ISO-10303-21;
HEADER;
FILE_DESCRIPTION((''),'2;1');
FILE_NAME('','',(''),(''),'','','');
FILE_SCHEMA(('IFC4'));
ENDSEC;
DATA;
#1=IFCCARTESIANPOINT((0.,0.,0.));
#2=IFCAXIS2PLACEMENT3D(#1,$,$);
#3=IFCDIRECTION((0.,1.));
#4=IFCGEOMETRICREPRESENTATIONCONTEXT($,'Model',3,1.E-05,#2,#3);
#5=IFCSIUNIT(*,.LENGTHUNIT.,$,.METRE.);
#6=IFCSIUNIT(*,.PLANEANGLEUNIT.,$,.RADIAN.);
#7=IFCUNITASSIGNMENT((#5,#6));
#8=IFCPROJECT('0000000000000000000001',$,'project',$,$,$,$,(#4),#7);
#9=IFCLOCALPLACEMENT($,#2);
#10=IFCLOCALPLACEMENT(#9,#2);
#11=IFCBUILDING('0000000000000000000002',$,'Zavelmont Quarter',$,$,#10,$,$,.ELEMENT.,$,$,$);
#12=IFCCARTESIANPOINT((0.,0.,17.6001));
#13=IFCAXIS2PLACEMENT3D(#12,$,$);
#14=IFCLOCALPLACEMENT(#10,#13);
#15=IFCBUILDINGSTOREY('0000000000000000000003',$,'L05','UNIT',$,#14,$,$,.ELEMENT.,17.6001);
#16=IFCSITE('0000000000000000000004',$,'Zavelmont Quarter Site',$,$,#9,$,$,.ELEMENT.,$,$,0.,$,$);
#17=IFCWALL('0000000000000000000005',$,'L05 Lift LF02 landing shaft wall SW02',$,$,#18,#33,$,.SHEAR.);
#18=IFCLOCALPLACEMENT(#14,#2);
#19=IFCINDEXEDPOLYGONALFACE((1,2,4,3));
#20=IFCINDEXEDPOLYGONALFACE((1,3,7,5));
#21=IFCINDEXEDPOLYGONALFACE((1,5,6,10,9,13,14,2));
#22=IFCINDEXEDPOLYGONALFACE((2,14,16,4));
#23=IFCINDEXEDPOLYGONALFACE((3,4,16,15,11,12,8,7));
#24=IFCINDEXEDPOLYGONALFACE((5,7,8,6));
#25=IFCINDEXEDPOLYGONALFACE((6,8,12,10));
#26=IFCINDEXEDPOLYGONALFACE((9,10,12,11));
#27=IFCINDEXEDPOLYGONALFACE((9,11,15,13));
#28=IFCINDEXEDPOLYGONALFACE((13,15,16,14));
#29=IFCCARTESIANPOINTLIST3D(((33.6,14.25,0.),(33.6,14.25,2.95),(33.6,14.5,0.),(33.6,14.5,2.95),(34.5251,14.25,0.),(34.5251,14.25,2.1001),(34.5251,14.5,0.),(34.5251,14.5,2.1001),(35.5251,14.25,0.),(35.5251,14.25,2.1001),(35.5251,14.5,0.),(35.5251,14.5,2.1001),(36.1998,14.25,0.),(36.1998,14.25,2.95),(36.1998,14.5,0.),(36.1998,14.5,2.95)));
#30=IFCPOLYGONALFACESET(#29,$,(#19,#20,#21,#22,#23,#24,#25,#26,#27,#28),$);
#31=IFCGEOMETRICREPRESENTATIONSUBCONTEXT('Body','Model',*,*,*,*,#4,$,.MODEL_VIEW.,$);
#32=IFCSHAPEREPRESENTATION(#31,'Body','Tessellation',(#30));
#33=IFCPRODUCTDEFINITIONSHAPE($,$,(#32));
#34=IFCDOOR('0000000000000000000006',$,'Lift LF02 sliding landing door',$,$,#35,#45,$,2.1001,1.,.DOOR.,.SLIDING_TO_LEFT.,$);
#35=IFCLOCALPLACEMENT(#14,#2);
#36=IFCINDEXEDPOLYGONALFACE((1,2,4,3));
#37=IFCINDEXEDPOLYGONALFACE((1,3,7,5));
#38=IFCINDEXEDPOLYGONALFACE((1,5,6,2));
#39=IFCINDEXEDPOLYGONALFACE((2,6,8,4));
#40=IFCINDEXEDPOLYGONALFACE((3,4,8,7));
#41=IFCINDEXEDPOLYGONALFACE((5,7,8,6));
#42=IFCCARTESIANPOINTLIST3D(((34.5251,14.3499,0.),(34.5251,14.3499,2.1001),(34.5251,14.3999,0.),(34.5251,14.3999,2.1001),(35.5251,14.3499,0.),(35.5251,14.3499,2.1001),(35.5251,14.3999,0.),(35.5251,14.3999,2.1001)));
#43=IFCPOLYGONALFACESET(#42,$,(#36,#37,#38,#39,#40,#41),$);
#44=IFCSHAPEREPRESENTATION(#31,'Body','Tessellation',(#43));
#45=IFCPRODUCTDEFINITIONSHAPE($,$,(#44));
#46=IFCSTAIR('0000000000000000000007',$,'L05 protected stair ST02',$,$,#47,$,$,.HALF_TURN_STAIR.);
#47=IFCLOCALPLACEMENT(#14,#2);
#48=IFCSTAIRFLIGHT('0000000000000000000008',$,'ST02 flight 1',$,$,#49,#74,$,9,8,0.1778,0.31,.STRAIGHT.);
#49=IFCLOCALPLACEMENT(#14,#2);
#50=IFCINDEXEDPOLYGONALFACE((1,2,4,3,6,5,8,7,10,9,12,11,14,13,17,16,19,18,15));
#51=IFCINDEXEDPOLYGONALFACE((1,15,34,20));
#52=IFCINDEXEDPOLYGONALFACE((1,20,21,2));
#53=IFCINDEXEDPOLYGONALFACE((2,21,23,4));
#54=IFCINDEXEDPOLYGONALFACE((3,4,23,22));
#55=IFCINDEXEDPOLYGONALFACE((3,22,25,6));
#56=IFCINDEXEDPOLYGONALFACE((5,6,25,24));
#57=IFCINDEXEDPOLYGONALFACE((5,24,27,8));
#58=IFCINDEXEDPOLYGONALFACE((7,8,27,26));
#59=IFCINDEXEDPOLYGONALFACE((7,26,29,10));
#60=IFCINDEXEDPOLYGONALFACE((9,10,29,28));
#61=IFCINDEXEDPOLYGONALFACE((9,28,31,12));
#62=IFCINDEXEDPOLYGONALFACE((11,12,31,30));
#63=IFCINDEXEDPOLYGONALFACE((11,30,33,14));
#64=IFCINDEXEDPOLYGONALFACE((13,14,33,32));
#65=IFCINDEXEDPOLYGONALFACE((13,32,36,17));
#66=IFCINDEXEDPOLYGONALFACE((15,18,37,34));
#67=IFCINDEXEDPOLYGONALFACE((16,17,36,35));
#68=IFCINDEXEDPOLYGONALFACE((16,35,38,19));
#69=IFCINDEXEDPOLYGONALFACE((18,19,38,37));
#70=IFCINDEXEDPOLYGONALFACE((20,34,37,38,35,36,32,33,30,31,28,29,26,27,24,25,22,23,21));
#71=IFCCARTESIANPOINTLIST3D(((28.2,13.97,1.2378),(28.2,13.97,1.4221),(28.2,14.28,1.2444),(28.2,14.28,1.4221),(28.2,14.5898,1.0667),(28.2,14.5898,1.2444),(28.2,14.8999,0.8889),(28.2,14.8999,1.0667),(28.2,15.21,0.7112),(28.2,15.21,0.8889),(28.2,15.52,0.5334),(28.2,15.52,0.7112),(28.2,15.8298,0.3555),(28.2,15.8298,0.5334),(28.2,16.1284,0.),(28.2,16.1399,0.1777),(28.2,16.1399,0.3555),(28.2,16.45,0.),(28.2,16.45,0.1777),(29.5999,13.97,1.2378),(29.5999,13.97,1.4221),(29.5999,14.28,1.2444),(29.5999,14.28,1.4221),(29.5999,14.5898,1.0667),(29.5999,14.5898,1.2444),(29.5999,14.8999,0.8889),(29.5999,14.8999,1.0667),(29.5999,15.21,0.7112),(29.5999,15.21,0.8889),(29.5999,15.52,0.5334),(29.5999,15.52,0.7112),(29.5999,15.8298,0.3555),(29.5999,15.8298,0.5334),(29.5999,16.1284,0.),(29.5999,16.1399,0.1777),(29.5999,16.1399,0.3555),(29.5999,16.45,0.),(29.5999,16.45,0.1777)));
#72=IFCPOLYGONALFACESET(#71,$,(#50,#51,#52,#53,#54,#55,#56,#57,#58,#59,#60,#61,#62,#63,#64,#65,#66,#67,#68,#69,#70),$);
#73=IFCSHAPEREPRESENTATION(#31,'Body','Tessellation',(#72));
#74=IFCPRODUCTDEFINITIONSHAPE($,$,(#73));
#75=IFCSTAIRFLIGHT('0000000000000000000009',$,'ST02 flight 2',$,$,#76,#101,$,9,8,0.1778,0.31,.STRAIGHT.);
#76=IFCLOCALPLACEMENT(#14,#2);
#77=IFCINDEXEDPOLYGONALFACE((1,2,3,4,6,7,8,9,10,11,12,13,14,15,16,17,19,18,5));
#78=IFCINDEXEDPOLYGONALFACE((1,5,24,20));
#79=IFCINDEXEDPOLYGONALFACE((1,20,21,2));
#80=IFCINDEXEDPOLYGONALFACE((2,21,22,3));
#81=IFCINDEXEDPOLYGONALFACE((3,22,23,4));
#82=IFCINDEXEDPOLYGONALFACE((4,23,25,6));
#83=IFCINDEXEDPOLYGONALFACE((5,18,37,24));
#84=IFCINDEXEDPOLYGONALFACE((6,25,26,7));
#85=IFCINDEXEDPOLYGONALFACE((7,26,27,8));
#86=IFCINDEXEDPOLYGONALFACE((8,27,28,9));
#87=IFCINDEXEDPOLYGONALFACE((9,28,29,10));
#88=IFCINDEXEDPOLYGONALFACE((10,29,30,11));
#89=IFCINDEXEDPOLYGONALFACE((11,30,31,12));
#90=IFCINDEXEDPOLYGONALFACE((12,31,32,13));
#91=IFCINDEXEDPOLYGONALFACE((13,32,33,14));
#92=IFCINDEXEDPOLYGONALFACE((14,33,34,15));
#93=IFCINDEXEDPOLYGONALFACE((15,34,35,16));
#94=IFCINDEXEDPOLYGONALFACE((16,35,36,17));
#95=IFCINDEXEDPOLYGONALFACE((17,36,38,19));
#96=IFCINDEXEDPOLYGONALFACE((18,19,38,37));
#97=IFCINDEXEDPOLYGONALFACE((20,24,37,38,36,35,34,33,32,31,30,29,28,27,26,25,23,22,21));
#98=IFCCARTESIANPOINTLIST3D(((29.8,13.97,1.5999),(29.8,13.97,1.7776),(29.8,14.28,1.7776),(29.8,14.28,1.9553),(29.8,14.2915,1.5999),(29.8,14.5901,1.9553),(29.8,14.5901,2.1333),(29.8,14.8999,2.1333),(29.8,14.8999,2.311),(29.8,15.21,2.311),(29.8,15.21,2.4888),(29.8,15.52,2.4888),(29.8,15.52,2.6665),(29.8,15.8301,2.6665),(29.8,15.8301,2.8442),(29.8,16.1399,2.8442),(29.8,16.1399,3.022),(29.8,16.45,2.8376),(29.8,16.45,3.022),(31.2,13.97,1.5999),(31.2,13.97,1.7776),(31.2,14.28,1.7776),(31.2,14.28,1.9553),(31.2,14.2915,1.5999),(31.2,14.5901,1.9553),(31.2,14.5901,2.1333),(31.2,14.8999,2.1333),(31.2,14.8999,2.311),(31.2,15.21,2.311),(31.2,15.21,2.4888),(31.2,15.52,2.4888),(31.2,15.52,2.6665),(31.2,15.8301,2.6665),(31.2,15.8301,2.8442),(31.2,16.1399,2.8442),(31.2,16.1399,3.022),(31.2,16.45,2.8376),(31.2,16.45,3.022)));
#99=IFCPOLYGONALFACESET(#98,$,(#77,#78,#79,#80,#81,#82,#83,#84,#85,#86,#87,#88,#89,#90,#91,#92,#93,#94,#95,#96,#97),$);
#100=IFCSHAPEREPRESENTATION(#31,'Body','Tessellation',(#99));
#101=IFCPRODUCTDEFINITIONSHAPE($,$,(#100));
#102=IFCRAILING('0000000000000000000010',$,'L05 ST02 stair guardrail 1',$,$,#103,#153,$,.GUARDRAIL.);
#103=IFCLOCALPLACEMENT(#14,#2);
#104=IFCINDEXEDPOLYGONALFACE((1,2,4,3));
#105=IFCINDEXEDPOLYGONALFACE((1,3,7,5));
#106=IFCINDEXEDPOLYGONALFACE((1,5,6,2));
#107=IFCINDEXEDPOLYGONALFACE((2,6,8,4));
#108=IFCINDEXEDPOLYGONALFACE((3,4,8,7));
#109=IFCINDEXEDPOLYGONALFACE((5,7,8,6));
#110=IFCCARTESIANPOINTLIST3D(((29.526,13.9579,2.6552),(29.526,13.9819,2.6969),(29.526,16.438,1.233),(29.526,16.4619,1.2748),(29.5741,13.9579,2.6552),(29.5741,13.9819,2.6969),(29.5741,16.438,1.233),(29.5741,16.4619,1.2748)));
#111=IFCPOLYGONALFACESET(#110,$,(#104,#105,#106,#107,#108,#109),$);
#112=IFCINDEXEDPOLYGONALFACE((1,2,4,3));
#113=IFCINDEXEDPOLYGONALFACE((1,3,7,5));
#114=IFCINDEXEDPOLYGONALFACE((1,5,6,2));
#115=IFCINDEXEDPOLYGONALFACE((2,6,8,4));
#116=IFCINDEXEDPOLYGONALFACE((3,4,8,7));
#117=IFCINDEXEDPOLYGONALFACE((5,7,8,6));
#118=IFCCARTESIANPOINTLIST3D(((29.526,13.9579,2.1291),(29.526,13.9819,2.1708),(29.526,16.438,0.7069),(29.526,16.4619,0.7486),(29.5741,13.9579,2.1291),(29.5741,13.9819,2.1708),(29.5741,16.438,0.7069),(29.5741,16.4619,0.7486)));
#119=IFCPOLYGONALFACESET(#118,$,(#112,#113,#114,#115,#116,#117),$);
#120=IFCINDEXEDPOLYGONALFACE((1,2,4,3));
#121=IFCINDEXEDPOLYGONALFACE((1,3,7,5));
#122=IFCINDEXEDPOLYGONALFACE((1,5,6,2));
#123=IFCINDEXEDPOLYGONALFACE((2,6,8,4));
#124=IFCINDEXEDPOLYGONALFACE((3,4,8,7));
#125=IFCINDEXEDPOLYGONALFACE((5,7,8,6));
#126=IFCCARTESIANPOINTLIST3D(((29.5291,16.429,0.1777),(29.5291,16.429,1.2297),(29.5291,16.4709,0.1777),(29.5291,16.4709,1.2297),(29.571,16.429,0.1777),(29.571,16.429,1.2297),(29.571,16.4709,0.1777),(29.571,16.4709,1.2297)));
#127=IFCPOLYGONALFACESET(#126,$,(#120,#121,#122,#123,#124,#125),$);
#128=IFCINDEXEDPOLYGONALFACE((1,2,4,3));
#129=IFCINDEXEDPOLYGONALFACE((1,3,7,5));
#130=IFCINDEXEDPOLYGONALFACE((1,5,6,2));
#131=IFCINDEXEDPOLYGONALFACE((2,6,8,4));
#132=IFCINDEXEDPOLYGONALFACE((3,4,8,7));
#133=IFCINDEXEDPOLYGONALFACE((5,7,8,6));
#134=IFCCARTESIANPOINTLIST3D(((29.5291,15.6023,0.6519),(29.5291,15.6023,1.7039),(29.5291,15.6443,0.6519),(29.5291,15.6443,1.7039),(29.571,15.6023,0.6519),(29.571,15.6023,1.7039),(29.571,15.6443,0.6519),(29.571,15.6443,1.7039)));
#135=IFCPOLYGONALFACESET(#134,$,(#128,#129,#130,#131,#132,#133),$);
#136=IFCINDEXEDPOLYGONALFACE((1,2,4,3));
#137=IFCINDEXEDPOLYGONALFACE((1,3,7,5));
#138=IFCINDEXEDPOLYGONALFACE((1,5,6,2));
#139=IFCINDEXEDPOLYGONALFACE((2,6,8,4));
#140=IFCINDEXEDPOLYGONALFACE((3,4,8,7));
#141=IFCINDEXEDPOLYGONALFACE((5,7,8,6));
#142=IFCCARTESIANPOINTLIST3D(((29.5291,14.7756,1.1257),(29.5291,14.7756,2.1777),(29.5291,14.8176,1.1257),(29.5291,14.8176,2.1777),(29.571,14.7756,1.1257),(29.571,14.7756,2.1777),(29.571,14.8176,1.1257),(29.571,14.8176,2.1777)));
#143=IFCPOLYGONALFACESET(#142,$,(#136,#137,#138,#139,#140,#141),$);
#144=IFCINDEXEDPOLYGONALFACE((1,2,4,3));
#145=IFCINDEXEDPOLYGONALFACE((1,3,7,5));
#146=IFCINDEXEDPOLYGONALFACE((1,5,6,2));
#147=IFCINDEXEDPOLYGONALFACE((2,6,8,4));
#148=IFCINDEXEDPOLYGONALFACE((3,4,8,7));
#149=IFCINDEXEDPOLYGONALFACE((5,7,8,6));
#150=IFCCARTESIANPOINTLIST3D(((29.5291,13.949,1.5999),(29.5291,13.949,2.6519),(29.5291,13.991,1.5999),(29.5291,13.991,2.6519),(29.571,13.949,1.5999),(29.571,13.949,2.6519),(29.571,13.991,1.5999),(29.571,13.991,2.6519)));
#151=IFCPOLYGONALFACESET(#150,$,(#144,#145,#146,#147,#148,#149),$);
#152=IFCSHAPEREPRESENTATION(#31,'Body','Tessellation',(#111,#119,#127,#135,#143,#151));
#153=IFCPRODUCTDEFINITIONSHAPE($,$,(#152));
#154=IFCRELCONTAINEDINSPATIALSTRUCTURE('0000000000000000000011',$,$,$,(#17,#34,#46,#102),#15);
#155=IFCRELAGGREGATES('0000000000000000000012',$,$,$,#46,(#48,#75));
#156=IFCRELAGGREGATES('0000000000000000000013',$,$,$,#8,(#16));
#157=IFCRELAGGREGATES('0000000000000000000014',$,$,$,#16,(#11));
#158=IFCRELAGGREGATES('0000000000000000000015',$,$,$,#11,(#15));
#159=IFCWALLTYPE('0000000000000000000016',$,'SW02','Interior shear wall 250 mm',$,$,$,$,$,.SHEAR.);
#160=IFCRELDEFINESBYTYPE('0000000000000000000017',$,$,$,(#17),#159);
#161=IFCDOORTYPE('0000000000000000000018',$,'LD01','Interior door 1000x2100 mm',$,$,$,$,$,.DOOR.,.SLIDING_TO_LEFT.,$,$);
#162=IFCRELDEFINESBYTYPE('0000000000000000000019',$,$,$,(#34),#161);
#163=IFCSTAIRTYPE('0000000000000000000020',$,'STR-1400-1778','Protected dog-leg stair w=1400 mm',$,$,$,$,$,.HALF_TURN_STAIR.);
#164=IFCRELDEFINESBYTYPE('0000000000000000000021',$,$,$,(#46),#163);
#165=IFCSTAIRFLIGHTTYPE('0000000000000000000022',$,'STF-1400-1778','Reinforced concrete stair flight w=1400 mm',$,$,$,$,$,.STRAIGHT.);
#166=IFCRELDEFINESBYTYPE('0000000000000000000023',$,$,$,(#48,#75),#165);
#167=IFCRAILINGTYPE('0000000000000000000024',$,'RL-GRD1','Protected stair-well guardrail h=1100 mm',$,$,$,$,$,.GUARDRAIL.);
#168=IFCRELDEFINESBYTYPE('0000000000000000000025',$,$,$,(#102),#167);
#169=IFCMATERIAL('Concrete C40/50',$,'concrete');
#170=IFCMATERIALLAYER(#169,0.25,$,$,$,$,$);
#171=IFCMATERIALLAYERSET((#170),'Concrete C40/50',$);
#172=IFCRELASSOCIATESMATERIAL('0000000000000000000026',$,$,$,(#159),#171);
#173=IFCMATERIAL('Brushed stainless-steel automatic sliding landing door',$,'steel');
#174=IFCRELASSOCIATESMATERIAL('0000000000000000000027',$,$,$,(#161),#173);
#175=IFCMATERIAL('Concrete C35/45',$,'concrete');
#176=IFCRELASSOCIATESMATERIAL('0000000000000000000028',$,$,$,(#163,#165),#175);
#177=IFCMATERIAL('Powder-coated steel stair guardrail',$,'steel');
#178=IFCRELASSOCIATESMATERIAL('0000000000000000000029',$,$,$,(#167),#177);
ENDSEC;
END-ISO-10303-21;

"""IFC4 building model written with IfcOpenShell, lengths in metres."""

from ifc_helpers import new_model, si_unit, direction, frame, frame_2d, origin, origin_with_axes, origin_2d, place, context, subcontext, project, spatial, polyline, rectangle, outline, extrude, material, layer, layer_set, type_object, element, fill, aggregate, save


model = new_model("IFC4")

# Units and contexts
model_context = context("Model", 3, precision=1e-05, world=origin(), true_north=direction((0.0, 1.0)))
body_context = subcontext(model_context, "Body", "Model", "MODEL_VIEW")
ifc_project = project(units=[si_unit("LENGTHUNIT", "METRE"), si_unit("PLANEANGLEUNIT", "RADIAN")], contexts=[model_context])

# Site, building, storey
site_placement = place(None, origin())
site = spatial("IfcSite", under=ifc_project, at=site_placement, Name="Zavelmont Quarter Site", CompositionType="ELEMENT", RefElevation=0.0)
building_placement = place(site_placement, origin())
building = spatial("IfcBuilding", under=site, at=building_placement, Name="Zavelmont Quarter", CompositionType="ELEMENT")
storey_placement = place(building_placement, frame((0.0, 0.0, 17.6001)))
storey = spatial("IfcBuildingStorey", under=building, at=storey_placement, Name="L05", Description="UNIT", CompositionType="ELEMENT", Elevation=17.6001)

# Shared definitions
ifc_material_1 = material(Name="Concrete C40/50", Category="concrete")

# Shared definitions
ifc_material_2 = material(Name="Concrete C35/45", Category="concrete")

# Wall, opening, door
ifc_layer_1 = layer(ifc_material_1, 0.25)
ifc_layer_set_1 = layer_set([ifc_layer_1], Name="Concrete C40/50")
wall_type_1 = type_object("IfcWallType", Name="SW02", Description="Interior shear wall 250 mm", PredefinedType="SHEAR", material=ifc_layer_set_1)
wall_1_placement = place(storey_placement, frame((33.6001, 14.375, 0.0), z_axis=(0.0, 0.0, 1.0), x_axis=(1.0, 0.0, 0.0)))
wall_1 = element("IfcWall", 1, at=wall_1_placement, inside=storey, type_object=wall_type_1, Name="L05 Lift LF02 landing shaft wall SW02", PredefinedType="SHEAR", context=body_context, shape_type="SweptSolid", body=[
    extrude(rectangle(XDim=2.5999, YDim=0.25, at=frame_2d((1.2998, 0.0))), origin(), (0.0, 0.0, 1.0), 2.95),
])
opening_1_placement = place(wall_1_placement, frame((0.925, 0.0, 0.0)))
opening_1 = element("IfcOpeningElement", 2, at=opening_1_placement, cuts=wall_1, PredefinedType="OPENING", context=body_context, shape_type="SweptSolid", body=[
    extrude(rectangle(XDim=1.0, YDim=2.1001, at=frame_2d((0.5, 1.05))), frame((0.0, 0.137, 0.0), z_axis=(0.0, -1.0, 0.0), x_axis=(1.0, 0.0, 0.0)), (0.0, 0.0, 1.0), 0.2739),
])
ifc_material_3 = material(Name="Brushed stainless-steel automatic sliding landing door", Category="steel")
door_type_1 = type_object("IfcDoorType", Name="LD01", Description="Interior door 1000x2100 mm", OperationType="SLIDING_TO_LEFT", PredefinedType="DOOR", material=ifc_material_3)
door_1_placement = place(opening_1_placement, origin_with_axes())
door_1 = element("IfcDoor", 3, at=door_1_placement, inside=storey, type_object=door_type_1, Name="Lift LF02 sliding landing door", OperationType="SLIDING_TO_LEFT", OverallHeight=2.1001, OverallWidth=1.0, PredefinedType="DOOR", context=body_context, shape_type="SweptSolid", body=[
    extrude(rectangle(XDim=1.0, YDim=2.1001, at=frame_2d((0.5, 1.05))), frame((0.0, 0.0249, 0.0), z_axis=(0.0, -1.0, 0.0), x_axis=(1.0, 0.0, 0.0)), (0.0, 0.0, 1.0), 0.05),
])
fill(opening_1, door_1)

# Stair, stair flights
stair_type = type_object("IfcStairType", Name="STR-1400-1778", Description="Protected dog-leg stair w=1400 mm", PredefinedType="HALF_TURN_STAIR", material=ifc_material_2)
stair_placement = place(storey_placement, origin())
stair = element("IfcStair", 4, at=stair_placement, inside=storey, type_object=stair_type, Name="L05 protected stair ST02", PredefinedType="HALF_TURN_STAIR")
stair_flight_type = type_object("IfcStairFlightType", Name="STF-1400-1778", Description="Reinforced concrete stair flight w=1400 mm", PredefinedType="STRAIGHT", material=ifc_material_2)
stair_flight_1_placement = place(storey_placement, frame((28.8999, 16.45, 0.0), z_axis=(0.0, 0.0, 1.0), x_axis=(0.0, -1.0, 0.0)))
stair_flight_1 = element("IfcStairFlight", 5, at=stair_flight_1_placement, type_object=stair_flight_type, Name="ST02 flight 1", NumberOfRisers=9, NumberOfTreads=8, PredefinedType="STRAIGHT", RiserHeight=0.1778, TreadLength=0.31, context=body_context, shape_type="SweptSolid", body=[
    extrude(outline(polyline([(0.0, 0.0), (0.0, 0.1777), (0.3101, 0.1777), (0.3101, 0.3555), (0.6201, 0.3555), (0.6201, 0.5334), (0.9299, 0.5334), (0.9299, 0.7112), (1.24, 0.7112), (1.24, 0.8889), (1.55, 0.8889), (1.55, 1.0667), (1.8601, 1.0667), (1.8601, 1.2444), (2.1699, 1.2444), (2.1699, 1.4221), (2.48, 1.4221), (2.48, 1.6001), (2.48, 1.2378), (0.3215, 0.0), (0.0, 0.0)])), frame((0.0, 0.7, 0.0), z_axis=(0.0, -1.0, 0.0), x_axis=(1.0, 0.0, 0.0)), (0.0, 0.0, 1.0), 1.3999),
])
stair_flight_2_placement = place(storey_placement, frame((30.5, 13.97, 1.5999), z_axis=(0.0, 0.0, 1.0), x_axis=(0.0, 1.0, 0.0)))
stair_flight_2 = element("IfcStairFlight", 6, at=stair_flight_2_placement, type_object=stair_flight_type, Name="ST02 flight 2", NumberOfRisers=9, NumberOfTreads=8, PredefinedType="STRAIGHT", RiserHeight=0.1778, TreadLength=0.31, context=body_context, shape_type="SweptSolid", body=[
    extrude(outline(polyline([(0.0, 0.0), (0.0, 0.1777), (0.3101, 0.1777), (0.3101, 0.3555), (0.6201, 0.3555), (0.6201, 0.5334), (0.9299, 0.5334), (0.9299, 0.7112), (1.24, 0.7112), (1.24, 0.8889), (1.55, 0.8889), (1.55, 1.0667), (1.8601, 1.0667), (1.8601, 1.2444), (2.1699, 1.2444), (2.1699, 1.4221), (2.48, 1.4221), (2.48, 1.6001), (2.48, 1.2378), (0.3215, 0.0), (0.0, 0.0)])), frame((0.0, 0.7, 0.0), z_axis=(0.0, -1.0, 0.0), x_axis=(1.0, 0.0, 0.0)), (0.0, 0.0, 1.0), 1.3999),
])
aggregate(stair, [stair_flight_1, stair_flight_2])

# Railing
ifc_material_4 = material(Name="Powder-coated steel stair guardrail", Category="steel")
railing_type_1 = type_object("IfcRailingType", Name="RL-GRD1", Description="Protected stair-well guardrail h=1100 mm", PredefinedType="GUARDRAIL", material=ifc_material_4)
railing_1_placement = place(storey_placement, frame((29.55, 16.45, 0.1777)))
element("IfcRailing", 7, at=railing_1_placement, inside=storey, type_object=railing_type_1, Name="L05 ST02 stair guardrail 1", PredefinedType="GUARDRAIL", context=body_context, shape_type="SweptSolid", body=[
    extrude(rectangle(XDim=0.0481, YDim=0.0481, at=origin_2d()), frame((0.0, 0.0, 1.0762), z_axis=(0.0, -0.867491, 0.497454), x_axis=(1.0, 0.0, 0.0)), (0.0, 0.0, 1.0), 2.8589),
    extrude(rectangle(XDim=0.0481, YDim=0.0481, at=origin_2d()), frame((0.0, 0.0, 0.55), z_axis=(0.0, -0.867491, 0.497454), x_axis=(1.0, 0.0, 0.0)), (0.0, 0.0, 1.0), 2.8589),
    extrude(rectangle(XDim=0.042, YDim=0.042, at=origin_2d()), origin(), (0.0, 0.0, 1.0), 1.052),
    extrude(rectangle(XDim=0.042, YDim=0.042, at=origin_2d()), frame((0.0, -0.8267, 0.4741)), (0.0, 0.0, 1.0), 1.052),
    extrude(rectangle(XDim=0.042, YDim=0.042, at=origin_2d()), frame((0.0, -1.6533, 0.948)), (0.0, 0.0, 1.0), 1.052),
    extrude(rectangle(XDim=0.042, YDim=0.042, at=origin_2d()), frame((0.0, -2.48, 1.4221)), (0.0, 0.0, 1.0), 1.052),
])

save(model, "model.ifc")
